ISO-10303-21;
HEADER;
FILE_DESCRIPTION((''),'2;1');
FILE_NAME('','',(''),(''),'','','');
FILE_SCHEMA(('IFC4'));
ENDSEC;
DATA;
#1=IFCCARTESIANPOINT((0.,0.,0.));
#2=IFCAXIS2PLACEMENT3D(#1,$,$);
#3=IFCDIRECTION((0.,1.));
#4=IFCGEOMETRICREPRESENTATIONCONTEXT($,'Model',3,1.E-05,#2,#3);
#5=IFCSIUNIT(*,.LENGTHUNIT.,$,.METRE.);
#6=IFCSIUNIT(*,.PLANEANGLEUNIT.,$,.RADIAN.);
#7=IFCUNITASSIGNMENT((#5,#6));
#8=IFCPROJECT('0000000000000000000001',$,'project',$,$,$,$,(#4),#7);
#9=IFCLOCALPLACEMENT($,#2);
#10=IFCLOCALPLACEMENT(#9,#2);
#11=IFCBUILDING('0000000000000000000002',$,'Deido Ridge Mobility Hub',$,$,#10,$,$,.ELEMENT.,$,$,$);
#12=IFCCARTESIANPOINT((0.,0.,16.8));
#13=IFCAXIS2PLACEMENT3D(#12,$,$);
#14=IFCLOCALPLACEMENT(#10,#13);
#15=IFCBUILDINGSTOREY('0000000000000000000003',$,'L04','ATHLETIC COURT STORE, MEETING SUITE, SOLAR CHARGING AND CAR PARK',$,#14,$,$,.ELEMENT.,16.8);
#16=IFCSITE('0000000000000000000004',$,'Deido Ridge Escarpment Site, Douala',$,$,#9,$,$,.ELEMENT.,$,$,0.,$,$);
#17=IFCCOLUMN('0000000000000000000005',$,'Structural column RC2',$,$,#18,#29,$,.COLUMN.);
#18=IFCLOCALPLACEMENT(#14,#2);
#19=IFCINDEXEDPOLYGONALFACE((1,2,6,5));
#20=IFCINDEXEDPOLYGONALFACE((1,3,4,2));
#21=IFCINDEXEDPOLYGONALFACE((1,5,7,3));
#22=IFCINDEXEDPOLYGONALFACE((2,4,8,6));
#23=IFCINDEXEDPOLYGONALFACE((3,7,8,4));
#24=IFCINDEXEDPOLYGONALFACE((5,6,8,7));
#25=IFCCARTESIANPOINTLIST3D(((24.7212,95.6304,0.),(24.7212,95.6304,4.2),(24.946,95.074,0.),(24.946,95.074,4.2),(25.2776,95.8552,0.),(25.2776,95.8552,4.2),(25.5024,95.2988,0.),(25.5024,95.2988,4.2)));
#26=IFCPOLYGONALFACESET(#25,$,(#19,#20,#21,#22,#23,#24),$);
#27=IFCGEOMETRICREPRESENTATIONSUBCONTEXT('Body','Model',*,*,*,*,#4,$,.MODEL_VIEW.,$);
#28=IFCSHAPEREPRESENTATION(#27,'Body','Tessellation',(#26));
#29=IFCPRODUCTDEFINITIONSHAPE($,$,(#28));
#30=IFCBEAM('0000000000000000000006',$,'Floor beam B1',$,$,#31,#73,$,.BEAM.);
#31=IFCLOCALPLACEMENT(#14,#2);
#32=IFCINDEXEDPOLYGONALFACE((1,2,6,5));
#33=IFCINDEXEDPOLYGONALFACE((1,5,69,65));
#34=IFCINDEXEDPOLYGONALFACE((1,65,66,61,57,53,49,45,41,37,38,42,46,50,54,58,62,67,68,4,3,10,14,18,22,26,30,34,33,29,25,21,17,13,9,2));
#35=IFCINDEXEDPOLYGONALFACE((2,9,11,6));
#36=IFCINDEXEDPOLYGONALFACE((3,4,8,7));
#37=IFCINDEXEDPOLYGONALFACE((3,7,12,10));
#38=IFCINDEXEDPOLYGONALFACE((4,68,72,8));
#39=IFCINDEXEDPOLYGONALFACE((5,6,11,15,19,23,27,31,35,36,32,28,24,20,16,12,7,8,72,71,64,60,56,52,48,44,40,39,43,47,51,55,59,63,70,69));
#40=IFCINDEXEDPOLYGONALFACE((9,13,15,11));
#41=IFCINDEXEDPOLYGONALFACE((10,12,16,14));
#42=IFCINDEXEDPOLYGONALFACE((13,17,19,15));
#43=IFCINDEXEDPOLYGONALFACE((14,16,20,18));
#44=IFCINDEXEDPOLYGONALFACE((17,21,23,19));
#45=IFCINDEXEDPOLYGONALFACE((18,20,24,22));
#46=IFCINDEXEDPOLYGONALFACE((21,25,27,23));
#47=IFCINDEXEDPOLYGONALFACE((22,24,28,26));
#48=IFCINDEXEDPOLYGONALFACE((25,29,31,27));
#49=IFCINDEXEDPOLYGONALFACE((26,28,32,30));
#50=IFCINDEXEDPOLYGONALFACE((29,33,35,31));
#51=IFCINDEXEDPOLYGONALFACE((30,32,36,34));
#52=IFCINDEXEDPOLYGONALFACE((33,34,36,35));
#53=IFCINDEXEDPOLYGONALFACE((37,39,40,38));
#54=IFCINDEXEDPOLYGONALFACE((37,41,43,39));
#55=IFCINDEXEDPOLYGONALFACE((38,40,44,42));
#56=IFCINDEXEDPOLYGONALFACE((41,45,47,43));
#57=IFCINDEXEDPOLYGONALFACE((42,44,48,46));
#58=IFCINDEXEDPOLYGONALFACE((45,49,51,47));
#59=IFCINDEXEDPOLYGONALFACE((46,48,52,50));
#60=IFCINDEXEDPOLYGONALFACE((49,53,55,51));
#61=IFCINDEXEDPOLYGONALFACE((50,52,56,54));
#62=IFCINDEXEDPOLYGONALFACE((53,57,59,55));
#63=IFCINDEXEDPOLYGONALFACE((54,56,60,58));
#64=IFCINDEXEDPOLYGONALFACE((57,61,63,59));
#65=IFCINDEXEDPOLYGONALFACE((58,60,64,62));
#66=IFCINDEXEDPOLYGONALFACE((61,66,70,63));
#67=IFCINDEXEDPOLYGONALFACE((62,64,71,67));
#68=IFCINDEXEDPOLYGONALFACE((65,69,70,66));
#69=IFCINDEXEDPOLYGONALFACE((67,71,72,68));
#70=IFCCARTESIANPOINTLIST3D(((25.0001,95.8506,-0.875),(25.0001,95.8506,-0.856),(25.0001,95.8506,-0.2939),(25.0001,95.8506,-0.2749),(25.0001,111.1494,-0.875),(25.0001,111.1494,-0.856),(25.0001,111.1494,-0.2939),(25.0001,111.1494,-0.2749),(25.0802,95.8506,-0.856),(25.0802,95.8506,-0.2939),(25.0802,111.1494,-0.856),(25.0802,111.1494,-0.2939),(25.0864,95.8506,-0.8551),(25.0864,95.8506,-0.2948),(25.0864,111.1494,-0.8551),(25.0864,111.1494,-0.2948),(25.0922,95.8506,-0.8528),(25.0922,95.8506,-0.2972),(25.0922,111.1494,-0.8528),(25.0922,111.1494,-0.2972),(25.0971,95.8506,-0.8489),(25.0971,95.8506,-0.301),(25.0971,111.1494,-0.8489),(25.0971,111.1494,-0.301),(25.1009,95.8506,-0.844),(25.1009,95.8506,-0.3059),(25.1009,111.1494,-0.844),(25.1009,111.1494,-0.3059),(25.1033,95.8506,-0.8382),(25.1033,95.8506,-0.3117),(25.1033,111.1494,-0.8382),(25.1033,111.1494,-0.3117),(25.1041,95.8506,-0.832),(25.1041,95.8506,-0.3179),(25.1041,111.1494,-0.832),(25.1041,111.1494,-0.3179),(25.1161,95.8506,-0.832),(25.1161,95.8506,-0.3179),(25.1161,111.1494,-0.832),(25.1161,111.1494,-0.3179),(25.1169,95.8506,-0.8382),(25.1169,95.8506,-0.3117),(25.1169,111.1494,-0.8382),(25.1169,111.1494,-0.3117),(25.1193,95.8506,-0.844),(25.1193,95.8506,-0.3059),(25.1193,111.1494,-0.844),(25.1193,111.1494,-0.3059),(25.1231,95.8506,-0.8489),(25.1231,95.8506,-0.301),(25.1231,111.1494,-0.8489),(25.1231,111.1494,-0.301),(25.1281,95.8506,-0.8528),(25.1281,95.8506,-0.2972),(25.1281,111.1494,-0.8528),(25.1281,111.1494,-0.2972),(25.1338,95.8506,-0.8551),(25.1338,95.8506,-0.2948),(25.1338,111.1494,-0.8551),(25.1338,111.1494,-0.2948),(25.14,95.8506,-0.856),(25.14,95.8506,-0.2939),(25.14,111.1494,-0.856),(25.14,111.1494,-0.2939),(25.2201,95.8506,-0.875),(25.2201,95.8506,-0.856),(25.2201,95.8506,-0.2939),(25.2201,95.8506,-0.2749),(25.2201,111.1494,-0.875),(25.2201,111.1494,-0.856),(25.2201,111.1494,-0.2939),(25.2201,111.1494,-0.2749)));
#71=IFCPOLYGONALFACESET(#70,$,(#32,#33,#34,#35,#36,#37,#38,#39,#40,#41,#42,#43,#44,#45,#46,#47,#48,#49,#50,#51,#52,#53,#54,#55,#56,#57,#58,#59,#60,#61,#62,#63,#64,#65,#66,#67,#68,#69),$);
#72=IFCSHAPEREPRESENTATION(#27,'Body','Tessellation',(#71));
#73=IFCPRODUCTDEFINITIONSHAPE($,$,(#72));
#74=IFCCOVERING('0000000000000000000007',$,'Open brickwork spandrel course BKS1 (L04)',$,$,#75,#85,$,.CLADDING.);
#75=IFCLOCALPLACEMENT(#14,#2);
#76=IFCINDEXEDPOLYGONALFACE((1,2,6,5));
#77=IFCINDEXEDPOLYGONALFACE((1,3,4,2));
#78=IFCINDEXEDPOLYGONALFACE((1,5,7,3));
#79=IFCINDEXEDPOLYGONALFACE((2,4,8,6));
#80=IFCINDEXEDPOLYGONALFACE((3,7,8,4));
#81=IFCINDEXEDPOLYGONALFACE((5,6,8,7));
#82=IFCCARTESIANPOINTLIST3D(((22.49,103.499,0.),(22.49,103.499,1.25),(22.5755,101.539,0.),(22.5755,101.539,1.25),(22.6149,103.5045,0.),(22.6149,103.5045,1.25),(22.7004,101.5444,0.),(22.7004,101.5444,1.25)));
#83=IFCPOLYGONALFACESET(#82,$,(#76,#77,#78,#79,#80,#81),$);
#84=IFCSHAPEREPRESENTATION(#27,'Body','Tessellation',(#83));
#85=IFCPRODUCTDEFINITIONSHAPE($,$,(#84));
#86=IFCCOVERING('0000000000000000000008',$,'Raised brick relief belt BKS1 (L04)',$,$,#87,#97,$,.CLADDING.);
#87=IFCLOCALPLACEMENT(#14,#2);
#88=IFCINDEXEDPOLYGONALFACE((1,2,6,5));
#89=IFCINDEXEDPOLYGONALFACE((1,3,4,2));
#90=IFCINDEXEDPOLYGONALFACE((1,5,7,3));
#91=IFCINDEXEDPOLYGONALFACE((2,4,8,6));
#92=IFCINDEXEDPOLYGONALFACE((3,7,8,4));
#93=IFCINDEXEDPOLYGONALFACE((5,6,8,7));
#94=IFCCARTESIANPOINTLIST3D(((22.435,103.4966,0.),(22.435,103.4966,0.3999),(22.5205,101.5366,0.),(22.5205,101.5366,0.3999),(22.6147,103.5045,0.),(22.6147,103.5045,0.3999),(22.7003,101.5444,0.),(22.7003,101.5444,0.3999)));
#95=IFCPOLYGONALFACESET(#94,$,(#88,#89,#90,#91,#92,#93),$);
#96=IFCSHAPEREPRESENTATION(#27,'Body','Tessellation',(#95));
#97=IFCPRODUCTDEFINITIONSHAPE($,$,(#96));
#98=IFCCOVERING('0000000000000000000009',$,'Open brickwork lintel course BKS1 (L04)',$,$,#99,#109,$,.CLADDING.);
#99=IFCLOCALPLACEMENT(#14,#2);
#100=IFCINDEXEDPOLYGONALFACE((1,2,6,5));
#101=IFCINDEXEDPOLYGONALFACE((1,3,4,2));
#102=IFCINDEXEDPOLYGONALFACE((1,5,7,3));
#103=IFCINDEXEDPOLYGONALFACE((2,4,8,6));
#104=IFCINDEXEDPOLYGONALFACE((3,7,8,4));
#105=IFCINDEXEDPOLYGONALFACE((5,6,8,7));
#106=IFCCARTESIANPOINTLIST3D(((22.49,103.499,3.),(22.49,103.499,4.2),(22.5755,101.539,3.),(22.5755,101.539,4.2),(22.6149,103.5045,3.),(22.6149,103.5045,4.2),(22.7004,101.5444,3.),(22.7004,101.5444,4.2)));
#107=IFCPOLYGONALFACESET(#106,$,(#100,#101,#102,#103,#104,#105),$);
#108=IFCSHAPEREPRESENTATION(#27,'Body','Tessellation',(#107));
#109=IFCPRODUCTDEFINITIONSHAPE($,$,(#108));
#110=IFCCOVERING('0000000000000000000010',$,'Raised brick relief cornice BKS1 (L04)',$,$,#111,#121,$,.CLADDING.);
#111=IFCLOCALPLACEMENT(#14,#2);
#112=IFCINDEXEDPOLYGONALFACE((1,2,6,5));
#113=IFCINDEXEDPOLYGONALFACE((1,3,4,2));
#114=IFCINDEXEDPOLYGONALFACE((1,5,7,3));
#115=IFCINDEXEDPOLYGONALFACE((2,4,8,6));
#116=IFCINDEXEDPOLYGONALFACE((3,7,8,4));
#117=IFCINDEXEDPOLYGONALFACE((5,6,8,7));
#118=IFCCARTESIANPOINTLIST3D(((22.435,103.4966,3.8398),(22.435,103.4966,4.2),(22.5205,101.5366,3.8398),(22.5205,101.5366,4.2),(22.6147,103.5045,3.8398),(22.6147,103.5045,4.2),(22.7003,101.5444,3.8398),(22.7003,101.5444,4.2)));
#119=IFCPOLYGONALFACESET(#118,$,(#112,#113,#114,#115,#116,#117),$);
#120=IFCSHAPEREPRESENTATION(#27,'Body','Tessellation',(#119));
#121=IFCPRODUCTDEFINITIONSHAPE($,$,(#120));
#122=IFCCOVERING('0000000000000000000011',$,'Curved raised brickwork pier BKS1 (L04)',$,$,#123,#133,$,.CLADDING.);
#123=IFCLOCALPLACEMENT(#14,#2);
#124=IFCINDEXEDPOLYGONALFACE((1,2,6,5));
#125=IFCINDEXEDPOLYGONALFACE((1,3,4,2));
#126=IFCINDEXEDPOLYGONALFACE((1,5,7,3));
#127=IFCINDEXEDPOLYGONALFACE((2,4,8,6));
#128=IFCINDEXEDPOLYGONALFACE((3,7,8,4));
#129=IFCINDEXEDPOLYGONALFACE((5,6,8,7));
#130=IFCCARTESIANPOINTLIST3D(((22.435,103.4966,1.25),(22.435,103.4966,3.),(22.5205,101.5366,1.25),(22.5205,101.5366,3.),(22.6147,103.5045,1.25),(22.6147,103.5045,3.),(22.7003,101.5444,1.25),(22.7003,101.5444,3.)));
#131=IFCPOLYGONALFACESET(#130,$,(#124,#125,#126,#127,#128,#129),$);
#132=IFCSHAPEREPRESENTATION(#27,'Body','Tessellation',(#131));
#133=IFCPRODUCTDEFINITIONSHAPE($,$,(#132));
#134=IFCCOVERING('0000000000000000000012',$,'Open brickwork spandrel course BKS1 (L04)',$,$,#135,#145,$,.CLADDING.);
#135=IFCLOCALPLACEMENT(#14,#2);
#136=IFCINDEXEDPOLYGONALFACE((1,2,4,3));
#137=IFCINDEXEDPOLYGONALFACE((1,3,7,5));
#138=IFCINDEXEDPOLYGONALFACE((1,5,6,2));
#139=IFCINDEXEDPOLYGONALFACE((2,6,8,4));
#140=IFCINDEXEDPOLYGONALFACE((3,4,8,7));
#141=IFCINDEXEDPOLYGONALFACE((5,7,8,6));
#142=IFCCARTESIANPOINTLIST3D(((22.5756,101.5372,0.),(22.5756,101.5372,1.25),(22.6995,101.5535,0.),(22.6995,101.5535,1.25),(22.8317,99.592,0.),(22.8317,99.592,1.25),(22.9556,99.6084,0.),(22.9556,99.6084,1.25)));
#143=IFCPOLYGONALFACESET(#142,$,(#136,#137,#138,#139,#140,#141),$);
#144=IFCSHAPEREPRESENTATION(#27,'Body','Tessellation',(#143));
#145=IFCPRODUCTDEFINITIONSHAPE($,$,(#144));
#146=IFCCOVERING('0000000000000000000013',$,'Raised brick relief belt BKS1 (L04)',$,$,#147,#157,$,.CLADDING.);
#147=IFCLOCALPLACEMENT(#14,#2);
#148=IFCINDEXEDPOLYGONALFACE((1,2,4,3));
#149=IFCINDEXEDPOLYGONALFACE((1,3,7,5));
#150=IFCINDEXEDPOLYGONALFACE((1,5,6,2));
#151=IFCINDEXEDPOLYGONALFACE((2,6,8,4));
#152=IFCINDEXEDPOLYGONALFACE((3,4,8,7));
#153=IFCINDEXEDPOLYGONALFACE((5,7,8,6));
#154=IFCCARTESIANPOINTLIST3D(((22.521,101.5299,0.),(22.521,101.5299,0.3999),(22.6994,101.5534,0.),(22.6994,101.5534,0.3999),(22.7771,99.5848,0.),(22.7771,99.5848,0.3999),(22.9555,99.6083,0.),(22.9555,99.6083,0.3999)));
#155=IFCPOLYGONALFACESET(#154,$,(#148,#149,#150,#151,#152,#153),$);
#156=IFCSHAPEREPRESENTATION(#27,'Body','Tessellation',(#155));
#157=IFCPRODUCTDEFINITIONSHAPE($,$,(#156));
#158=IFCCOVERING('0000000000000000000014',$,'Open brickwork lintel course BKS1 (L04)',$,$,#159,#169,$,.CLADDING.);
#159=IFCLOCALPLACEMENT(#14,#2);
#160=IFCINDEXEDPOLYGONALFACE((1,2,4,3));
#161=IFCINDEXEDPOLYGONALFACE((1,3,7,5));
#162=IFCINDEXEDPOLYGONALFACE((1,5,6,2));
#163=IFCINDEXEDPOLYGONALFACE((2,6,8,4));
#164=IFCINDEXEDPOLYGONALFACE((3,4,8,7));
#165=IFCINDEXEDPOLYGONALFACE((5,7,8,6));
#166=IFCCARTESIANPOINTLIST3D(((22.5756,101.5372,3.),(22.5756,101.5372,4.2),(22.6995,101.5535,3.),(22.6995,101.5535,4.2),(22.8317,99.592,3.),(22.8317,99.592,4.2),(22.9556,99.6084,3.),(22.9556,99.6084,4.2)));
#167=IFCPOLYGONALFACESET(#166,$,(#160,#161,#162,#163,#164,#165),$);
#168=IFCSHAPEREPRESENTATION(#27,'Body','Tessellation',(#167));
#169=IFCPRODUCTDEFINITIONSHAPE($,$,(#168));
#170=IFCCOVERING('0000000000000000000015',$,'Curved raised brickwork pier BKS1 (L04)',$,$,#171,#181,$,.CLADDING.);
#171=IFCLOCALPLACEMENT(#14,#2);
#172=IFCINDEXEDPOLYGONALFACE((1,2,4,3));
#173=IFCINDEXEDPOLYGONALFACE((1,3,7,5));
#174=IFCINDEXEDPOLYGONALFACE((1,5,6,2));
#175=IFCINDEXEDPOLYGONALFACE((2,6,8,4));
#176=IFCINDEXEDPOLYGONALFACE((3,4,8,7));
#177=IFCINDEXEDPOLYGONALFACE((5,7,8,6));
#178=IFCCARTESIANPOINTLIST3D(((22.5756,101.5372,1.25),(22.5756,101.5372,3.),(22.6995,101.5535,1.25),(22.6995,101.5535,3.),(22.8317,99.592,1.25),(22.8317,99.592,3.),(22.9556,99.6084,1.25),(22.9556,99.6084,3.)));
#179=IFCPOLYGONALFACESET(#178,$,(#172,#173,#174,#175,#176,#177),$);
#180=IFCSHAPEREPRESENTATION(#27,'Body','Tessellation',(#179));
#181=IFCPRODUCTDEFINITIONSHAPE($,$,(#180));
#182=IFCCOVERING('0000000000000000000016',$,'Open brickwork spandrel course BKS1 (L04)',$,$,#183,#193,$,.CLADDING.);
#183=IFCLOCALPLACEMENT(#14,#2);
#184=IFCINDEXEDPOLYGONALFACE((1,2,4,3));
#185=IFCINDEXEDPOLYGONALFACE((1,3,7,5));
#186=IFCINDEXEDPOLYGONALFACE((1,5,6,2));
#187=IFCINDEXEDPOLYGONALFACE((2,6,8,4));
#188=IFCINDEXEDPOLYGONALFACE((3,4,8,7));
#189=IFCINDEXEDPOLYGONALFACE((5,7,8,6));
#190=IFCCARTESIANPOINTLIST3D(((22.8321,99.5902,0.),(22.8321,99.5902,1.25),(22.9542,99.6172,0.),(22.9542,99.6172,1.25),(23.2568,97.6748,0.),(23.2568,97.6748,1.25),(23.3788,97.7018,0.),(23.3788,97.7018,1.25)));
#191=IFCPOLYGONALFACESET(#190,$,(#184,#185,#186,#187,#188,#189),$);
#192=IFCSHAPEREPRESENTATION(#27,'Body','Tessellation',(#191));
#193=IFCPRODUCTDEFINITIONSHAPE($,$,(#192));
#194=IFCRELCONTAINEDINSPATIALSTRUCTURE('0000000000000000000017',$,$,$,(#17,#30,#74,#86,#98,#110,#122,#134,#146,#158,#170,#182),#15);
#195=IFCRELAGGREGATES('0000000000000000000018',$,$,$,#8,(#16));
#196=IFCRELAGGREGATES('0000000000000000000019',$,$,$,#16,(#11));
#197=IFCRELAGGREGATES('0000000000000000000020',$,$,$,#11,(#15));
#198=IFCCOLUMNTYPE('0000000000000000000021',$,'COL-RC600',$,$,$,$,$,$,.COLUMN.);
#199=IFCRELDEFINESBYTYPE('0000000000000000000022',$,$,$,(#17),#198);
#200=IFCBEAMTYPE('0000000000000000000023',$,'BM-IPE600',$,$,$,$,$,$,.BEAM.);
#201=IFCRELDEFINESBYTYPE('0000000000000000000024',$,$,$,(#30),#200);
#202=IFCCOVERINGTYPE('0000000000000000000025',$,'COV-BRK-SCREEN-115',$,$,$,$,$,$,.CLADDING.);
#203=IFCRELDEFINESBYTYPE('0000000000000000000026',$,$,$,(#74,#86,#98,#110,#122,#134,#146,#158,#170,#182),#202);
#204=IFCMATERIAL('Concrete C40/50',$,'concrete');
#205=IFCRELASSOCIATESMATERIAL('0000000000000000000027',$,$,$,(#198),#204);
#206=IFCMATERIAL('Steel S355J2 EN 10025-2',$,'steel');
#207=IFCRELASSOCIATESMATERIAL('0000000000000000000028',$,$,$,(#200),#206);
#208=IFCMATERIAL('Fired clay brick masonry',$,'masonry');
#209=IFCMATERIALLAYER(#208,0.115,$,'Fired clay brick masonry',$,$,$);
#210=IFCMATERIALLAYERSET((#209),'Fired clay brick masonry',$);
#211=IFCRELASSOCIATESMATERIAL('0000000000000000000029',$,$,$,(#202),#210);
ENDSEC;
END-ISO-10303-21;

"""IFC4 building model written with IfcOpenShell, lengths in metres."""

from ifc_helpers import new_model, si_unit, direction, frame, origin, origin_2d, place, context, subcontext, project, spatial, rectangle, i_section, extrude, material, layer, layer_set, material_profile, profile_set, type_object, element, save


model = new_model("IFC4")

# Units and contexts
model_context = context("Model", 3, precision=1e-05, world=origin(), true_north=direction((0.0, 1.0)))
body_context = subcontext(model_context, "Body", "Model", "MODEL_VIEW")
ifc_project = project(units=[si_unit("LENGTHUNIT", "METRE"), si_unit("PLANEANGLEUNIT", "RADIAN")], contexts=[model_context])

# Site, building, storey
site_placement = place(None, origin())
site = spatial("IfcSite", under=ifc_project, at=site_placement, Name="Deido Ridge Escarpment Site, Douala", CompositionType="ELEMENT", RefElevation=0.0)
building_placement = place(site_placement, origin())
building = spatial("IfcBuilding", under=site, at=building_placement, Name="Deido Ridge Mobility Hub", CompositionType="ELEMENT")
storey_placement = place(building_placement, frame((0.0, 0.0, 16.8)))
storey = spatial("IfcBuildingStorey", under=building, at=storey_placement, Name="L04", Description="ATHLETIC COURT STORE, MEETING SUITE, SOLAR CHARGING AND CAR PARK", CompositionType="ELEMENT", Elevation=16.8)

# Column
ifc_material_1 = material(Name="Concrete C40/50", Category="concrete")
ifc_material_profile_1 = material_profile(ifc_material_1, rectangle(XDim=0.6001, YDim=0.6001, at=origin_2d()), Name="RC COL 600x600")
ifc_profile_set_1 = profile_set([ifc_material_profile_1], Name="Concrete C40/50")
column_type = type_object("IfcColumnType", Name="COL-RC600", PredefinedType="COLUMN", material=ifc_profile_set_1)
column_placement = place(storey_placement, frame((25.1118, 95.4646, 0.0), z_axis=(0.0, 0.0, 1.0), x_axis=(-0.927184, -0.374607, 0.0)))
element("IfcColumn", 1, at=column_placement, inside=storey, type_object=column_type, Name="Structural column RC2", PredefinedType="COLUMN", context=body_context, shape_type="SweptSolid", body=[
    extrude(rectangle(XDim=0.6001, YDim=0.6001, at=origin_2d()), origin(), (0.0, 0.0, 1.0), 4.2),
])

# Beam
ifc_material_2 = material(Name="Steel S355J2 EN 10025-2", Category="steel")
ifc_material_profile_2 = material_profile(ifc_material_2, i_section(OverallWidth=0.22, OverallDepth=0.6001, WebThickness=0.012, FlangeThickness=0.019, FilletRadius=0.0239, at=origin_2d()), Name="IPE 600")
ifc_profile_set_2 = profile_set([ifc_material_profile_2], Name="Steel S355J2 EN 10025-2")
beam_type = type_object("IfcBeamType", Name="BM-IPE600", PredefinedType="BEAM", material=ifc_profile_set_2)
beam_placement = place(storey_placement, frame((25.1101, 95.8506, -0.575), z_axis=(0.0, 1.0, 0.0), x_axis=(-1.0, 0.0, 0.0)))
element("IfcBeam", 2, at=beam_placement, inside=storey, type_object=beam_type, Name="Floor beam B1", PredefinedType="BEAM", context=body_context, shape_type="SweptSolid", body=[
    extrude(i_section(OverallWidth=0.22, OverallDepth=0.6001, WebThickness=0.012, FlangeThickness=0.019, FilletRadius=0.0239, at=origin_2d()), origin(), (0.0, 0.0, 1.0), 15.2988),
])

# Coverings
ifc_material_3 = material(Name="Fired clay brick masonry", Category="masonry")
ifc_layer = layer(ifc_material_3, 0.115, Name="Fired clay brick masonry")
ifc_layer_set = layer_set([ifc_layer], Name="Fired clay brick masonry")
covering_type = type_object("IfcCoveringType", Name="COV-BRK-SCREEN-115", PredefinedType="CLADDING", material=ifc_layer_set)
covering_1_placement = place(storey_placement, frame((22.5952, 102.5217, 0.0), z_axis=(0.0, 0.0, 1.0), x_axis=(0.043602, -0.999049, 0.0)))
element("IfcCovering", 3, at=covering_1_placement, inside=storey, type_object=covering_type, Name="Open brickwork spandrel course BKS1 (L04)", PredefinedType="CLADDING", context=body_context, shape_type="SweptSolid", body=[
    extrude(rectangle(XDim=1.9619, YDim=0.125, at=origin_2d()), origin(), (0.0, 0.0, 1.0), 1.25),
])
covering_2_placement = place(storey_placement, frame((22.5676, 102.5205, 0.0), z_axis=(0.0, 0.0, 1.0), x_axis=(0.043602, -0.999049, 0.0)))
element("IfcCovering", 4, at=covering_2_placement, inside=storey, type_object=covering_type, Name="Raised brick relief belt BKS1 (L04)", PredefinedType="CLADDING", context=body_context, shape_type="SweptSolid", body=[
    extrude(rectangle(XDim=1.9619, YDim=0.1799, at=origin_2d()), origin(), (0.0, 0.0, 1.0), 0.3999),
])
covering_3_placement = place(storey_placement, frame((22.5952, 102.5217, 3.0), z_axis=(0.0, 0.0, 1.0), x_axis=(0.043602, -0.999049, 0.0)))
element("IfcCovering", 5, at=covering_3_placement, inside=storey, type_object=covering_type, Name="Open brickwork lintel course BKS1 (L04)", PredefinedType="CLADDING", context=body_context, shape_type="SweptSolid", body=[
    extrude(rectangle(XDim=1.9619, YDim=0.125, at=origin_2d()), origin(), (0.0, 0.0, 1.0), 1.2),
])
covering_4_placement = place(storey_placement, frame((22.5676, 102.5205, 3.8398), z_axis=(0.0, 0.0, 1.0), x_axis=(0.043602, -0.999049, 0.0)))
element("IfcCovering", 6, at=covering_4_placement, inside=storey, type_object=covering_type, Name="Raised brick relief cornice BKS1 (L04)", PredefinedType="CLADDING", context=body_context, shape_type="SweptSolid", body=[
    extrude(rectangle(XDim=1.9619, YDim=0.1799, at=origin_2d()), origin(), (0.0, 0.0, 1.0), 0.3601),
])
covering_5_placement = place(storey_placement, frame((22.5676, 102.5205, 1.25), z_axis=(0.0, 0.0, 1.0), x_axis=(0.043602, -0.999049, 0.0)))
element("IfcCovering", 7, at=covering_5_placement, inside=storey, type_object=covering_type, Name="Curved raised brickwork pier BKS1 (L04)", PredefinedType="CLADDING", context=body_context, shape_type="SweptSolid", body=[
    extrude(rectangle(XDim=1.9619, YDim=0.1799, at=origin_2d()), origin(), (0.0, 0.0, 1.0), 1.75),
])
covering_6_placement = place(storey_placement, frame((22.7656, 100.5728, 0.0), z_axis=(0.0, 0.0, 1.0), x_axis=(0.130543, -0.991443, 0.0)))
element("IfcCovering", 8, at=covering_6_placement, inside=storey, type_object=covering_type, Name="Open brickwork spandrel course BKS1 (L04)", PredefinedType="CLADDING", context=body_context, shape_type="SweptSolid", body=[
    extrude(rectangle(XDim=1.9619, YDim=0.125, at=origin_2d()), origin(), (0.0, 0.0, 1.0), 1.25),
])
covering_7_placement = place(storey_placement, frame((22.7383, 100.5691, 0.0), z_axis=(0.0, 0.0, 1.0), x_axis=(0.130543, -0.991443, 0.0)))
element("IfcCovering", 9, at=covering_7_placement, inside=storey, type_object=covering_type, Name="Raised brick relief belt BKS1 (L04)", PredefinedType="CLADDING", context=body_context, shape_type="SweptSolid", body=[
    extrude(rectangle(XDim=1.9619, YDim=0.1799, at=origin_2d()), origin(), (0.0, 0.0, 1.0), 0.3999),
])
covering_8_placement = place(storey_placement, frame((22.7656, 100.5728, 3.0), z_axis=(0.0, 0.0, 1.0), x_axis=(0.130543, -0.991443, 0.0)))
element("IfcCovering", 10, at=covering_8_placement, inside=storey, type_object=covering_type, Name="Open brickwork lintel course BKS1 (L04)", PredefinedType="CLADDING", context=body_context, shape_type="SweptSolid", body=[
    extrude(rectangle(XDim=1.9619, YDim=0.125, at=origin_2d()), origin(), (0.0, 0.0, 1.0), 1.2),
])
covering_9_placement = place(storey_placement, frame((22.7656, 100.5728, 1.25), z_axis=(0.0, 0.0, 1.0), x_axis=(0.130543, -0.991443, 0.0)))
element("IfcCovering", 11, at=covering_9_placement, inside=storey, type_object=covering_type, Name="Curved raised brickwork pier BKS1 (L04)", PredefinedType="CLADDING", context=body_context, shape_type="SweptSolid", body=[
    extrude(rectangle(XDim=1.9619, YDim=0.125, at=origin_2d()), origin(), (0.0, 0.0, 1.0), 1.75),
])
covering_10_placement = place(storey_placement, frame((23.1055, 98.646, 0.0), z_axis=(0.0, 0.0, 1.0), x_axis=(0.216457, -0.976292, 0.0)))
element("IfcCovering", 12, at=covering_10_placement, inside=storey, type_object=covering_type, Name="Open brickwork spandrel course BKS1 (L04)", PredefinedType="CLADDING", context=body_context, shape_type="SweptSolid", body=[
    extrude(rectangle(XDim=1.9619, YDim=0.125, at=origin_2d()), origin(), (0.0, 0.0, 1.0), 1.25),
])

save(model, "model.ifc")
